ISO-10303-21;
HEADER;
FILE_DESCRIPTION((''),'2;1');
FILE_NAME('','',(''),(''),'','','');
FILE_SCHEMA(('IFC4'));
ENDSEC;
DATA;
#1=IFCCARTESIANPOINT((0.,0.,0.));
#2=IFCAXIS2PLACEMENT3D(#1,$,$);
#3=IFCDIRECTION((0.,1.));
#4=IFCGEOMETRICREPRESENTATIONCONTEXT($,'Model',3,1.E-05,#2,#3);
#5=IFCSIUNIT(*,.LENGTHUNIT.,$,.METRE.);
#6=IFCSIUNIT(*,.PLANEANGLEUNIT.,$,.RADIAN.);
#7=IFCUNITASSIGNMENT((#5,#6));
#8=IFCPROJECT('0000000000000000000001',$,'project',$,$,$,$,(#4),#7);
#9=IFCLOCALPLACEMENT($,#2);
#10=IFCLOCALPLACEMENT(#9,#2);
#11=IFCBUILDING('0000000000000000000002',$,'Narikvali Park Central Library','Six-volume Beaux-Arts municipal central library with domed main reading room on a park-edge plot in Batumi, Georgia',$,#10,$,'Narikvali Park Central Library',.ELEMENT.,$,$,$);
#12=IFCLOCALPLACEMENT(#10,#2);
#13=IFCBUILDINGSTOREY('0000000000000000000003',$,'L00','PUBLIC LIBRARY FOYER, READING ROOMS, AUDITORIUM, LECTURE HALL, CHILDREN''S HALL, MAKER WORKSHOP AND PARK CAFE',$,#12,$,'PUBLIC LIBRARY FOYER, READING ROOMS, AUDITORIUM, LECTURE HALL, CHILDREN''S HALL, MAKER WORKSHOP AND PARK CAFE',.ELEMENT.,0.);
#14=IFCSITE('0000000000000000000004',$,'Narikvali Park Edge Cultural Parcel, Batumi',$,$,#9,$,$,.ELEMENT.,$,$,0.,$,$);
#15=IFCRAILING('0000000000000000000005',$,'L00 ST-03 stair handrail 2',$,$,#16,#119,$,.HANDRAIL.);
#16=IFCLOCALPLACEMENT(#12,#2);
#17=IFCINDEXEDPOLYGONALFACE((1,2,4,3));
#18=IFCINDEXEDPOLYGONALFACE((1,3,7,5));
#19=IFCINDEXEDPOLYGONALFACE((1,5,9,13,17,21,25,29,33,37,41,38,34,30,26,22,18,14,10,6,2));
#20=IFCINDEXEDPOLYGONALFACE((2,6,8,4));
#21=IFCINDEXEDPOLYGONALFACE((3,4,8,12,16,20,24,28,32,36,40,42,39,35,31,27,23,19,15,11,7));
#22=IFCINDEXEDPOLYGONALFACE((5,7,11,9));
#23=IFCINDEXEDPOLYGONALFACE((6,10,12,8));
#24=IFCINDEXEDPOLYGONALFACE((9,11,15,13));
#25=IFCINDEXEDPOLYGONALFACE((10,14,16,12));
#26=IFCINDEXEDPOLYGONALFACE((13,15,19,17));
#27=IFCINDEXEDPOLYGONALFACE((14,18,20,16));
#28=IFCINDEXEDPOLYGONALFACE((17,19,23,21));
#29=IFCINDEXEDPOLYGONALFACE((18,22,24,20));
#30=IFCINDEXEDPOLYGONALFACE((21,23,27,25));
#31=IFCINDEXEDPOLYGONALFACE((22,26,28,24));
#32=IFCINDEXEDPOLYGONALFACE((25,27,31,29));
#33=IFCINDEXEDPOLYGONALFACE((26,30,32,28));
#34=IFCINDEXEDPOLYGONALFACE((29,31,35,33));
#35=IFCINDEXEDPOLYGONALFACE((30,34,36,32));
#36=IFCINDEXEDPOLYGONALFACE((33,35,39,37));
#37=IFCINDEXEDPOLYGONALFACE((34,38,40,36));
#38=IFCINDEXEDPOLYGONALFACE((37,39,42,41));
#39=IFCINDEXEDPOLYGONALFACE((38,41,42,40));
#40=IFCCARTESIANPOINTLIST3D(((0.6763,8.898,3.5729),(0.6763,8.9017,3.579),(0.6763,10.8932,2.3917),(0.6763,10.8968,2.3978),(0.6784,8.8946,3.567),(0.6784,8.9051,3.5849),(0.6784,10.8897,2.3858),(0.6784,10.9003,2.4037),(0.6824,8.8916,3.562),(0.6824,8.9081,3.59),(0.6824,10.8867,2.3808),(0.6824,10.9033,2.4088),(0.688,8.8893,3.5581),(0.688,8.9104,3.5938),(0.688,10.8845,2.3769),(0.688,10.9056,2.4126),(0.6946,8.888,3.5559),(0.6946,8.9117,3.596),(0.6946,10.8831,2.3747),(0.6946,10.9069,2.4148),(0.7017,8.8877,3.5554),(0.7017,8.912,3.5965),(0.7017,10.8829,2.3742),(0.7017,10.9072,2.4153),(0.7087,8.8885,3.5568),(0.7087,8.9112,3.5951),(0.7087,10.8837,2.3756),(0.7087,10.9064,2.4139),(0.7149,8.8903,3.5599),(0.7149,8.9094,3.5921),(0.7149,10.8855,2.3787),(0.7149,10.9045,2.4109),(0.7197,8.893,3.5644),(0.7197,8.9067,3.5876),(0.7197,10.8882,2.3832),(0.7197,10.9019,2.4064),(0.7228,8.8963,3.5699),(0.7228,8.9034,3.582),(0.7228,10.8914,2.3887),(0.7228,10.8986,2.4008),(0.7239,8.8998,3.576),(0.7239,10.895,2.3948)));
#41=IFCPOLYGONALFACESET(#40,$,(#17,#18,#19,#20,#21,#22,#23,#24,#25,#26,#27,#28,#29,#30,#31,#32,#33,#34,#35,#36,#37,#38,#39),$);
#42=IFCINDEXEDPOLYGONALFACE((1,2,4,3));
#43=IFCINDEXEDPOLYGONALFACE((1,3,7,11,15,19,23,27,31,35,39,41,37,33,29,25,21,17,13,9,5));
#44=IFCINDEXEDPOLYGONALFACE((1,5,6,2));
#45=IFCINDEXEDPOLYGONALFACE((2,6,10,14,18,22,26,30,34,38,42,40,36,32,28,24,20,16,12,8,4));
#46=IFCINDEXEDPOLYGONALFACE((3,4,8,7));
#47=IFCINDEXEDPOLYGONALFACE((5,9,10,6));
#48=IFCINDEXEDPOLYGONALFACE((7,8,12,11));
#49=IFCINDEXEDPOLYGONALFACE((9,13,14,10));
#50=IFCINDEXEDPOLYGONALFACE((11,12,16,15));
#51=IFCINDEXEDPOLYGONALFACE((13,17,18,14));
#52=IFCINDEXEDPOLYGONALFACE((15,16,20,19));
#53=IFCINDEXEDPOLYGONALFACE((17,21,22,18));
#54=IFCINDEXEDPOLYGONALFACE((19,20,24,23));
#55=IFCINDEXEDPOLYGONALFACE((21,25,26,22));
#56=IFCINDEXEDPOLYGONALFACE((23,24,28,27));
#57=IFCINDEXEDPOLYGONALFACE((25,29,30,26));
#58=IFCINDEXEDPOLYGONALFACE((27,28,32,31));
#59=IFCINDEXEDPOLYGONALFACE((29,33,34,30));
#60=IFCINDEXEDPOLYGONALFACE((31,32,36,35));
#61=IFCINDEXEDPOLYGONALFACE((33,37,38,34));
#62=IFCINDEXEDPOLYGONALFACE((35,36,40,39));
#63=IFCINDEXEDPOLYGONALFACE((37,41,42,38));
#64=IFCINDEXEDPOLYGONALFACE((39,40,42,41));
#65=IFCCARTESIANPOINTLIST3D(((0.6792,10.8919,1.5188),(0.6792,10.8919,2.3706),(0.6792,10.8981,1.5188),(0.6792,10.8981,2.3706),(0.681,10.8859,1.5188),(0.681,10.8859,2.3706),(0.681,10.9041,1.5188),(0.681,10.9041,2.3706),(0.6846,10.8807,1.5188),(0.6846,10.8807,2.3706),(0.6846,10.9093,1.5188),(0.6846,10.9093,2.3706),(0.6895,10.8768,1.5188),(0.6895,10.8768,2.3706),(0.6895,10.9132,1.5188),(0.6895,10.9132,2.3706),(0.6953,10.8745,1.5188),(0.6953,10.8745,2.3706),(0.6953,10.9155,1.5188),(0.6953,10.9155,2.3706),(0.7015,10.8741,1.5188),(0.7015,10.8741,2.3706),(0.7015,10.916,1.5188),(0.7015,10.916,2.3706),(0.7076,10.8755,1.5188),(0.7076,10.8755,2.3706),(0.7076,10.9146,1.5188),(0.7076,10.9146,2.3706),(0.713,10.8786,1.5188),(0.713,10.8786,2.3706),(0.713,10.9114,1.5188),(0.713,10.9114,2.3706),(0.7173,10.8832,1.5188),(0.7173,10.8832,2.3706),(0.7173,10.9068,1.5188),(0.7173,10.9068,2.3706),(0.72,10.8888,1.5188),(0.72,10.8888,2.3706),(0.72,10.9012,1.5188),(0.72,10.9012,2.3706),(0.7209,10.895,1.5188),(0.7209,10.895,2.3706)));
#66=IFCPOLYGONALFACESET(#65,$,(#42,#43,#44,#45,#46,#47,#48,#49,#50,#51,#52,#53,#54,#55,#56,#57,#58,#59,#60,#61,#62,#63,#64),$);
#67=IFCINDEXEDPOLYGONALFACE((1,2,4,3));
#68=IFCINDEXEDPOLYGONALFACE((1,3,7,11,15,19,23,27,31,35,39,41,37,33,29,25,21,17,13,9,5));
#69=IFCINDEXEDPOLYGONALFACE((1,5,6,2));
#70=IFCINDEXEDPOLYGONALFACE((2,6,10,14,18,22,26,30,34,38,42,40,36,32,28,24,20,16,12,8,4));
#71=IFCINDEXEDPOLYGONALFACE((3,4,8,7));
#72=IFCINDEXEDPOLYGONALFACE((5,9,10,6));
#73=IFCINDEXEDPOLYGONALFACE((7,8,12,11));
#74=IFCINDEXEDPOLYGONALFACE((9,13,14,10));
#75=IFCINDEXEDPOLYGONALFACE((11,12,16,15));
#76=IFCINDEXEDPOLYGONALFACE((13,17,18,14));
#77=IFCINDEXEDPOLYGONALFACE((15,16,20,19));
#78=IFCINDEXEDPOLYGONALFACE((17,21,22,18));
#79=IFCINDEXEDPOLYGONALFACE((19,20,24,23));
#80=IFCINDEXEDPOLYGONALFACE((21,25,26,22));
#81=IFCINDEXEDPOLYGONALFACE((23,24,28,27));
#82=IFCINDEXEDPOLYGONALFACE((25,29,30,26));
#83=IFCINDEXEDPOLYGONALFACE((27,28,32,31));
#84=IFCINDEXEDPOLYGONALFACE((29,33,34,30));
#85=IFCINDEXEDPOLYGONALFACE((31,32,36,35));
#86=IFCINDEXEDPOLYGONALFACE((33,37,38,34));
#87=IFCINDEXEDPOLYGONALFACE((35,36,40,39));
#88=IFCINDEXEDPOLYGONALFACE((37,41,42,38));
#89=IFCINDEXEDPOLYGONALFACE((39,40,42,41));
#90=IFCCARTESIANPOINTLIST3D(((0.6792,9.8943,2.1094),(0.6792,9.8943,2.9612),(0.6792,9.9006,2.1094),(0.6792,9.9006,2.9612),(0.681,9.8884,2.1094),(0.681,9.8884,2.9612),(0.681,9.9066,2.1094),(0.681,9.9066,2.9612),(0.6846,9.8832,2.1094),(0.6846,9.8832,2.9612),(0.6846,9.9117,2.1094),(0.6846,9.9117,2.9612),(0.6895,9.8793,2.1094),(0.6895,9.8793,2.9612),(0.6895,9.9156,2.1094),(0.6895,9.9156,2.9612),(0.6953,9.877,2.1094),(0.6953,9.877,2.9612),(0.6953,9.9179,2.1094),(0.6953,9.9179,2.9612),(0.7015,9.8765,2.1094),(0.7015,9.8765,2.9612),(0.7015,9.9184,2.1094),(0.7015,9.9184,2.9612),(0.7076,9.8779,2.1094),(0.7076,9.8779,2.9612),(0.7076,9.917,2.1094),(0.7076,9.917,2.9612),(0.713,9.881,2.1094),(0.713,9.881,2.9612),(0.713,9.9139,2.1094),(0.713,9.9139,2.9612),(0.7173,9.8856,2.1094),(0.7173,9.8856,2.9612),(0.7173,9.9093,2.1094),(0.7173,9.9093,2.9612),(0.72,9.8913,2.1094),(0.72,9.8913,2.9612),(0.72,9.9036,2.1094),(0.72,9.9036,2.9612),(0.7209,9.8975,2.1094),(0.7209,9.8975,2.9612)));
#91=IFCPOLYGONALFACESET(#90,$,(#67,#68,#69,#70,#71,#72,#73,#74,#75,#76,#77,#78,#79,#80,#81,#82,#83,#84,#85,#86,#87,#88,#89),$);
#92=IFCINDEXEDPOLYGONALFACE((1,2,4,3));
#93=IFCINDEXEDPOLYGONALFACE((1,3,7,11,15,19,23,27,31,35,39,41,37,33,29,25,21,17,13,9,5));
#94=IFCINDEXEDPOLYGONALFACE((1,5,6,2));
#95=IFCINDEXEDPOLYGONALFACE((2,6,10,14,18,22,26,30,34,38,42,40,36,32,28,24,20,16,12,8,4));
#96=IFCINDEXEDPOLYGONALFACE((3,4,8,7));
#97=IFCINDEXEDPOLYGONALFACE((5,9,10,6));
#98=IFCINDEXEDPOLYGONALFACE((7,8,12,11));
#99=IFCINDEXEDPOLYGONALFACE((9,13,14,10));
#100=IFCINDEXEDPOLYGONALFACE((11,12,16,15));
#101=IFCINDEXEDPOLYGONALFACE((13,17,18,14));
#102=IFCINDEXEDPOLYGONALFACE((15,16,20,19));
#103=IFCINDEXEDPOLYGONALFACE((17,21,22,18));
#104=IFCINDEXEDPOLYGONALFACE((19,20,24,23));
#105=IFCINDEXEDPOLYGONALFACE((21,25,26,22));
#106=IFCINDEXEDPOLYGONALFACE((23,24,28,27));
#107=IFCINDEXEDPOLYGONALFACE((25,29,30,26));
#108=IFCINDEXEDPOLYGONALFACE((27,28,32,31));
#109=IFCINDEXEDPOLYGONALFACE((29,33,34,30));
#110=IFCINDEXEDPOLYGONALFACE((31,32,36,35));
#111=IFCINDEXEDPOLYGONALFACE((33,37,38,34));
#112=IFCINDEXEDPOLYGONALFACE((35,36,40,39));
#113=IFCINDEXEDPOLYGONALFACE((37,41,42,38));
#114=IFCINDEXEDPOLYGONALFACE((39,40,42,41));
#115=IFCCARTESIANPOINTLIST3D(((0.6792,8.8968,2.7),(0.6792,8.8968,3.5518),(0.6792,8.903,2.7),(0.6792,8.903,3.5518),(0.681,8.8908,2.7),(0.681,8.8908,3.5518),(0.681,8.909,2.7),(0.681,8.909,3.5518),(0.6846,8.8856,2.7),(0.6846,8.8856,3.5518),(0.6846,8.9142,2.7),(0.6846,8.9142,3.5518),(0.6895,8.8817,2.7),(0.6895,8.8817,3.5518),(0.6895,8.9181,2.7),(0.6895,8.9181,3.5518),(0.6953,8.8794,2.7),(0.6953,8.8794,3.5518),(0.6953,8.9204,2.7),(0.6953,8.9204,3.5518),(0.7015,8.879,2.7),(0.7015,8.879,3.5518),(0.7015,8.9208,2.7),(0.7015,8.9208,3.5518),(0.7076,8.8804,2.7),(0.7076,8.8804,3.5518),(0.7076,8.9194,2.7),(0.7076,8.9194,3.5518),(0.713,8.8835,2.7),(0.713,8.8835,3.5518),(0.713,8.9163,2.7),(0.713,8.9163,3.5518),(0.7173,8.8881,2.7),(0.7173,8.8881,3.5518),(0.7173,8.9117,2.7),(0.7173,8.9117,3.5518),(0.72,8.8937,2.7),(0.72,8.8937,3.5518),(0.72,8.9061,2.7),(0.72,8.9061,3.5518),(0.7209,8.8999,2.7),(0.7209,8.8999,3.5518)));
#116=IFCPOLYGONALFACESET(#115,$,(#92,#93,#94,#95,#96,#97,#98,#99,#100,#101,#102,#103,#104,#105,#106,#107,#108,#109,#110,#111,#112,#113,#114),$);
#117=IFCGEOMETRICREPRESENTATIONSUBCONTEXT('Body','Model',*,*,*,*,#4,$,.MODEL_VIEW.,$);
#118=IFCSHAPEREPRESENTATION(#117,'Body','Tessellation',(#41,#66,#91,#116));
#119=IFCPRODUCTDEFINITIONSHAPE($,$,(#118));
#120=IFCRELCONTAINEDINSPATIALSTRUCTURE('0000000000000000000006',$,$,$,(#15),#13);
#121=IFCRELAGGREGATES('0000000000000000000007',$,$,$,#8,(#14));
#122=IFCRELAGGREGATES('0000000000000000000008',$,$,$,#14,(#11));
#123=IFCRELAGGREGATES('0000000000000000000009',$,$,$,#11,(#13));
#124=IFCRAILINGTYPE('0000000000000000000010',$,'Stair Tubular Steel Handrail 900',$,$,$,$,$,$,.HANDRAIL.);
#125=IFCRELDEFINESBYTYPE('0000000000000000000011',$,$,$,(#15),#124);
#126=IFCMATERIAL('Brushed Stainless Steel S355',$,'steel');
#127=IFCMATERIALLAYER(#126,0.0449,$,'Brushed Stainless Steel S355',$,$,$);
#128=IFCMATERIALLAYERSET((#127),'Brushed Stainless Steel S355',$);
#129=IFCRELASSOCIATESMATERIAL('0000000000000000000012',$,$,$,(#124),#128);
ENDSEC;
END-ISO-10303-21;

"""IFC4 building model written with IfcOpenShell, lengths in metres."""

from ifc_helpers import new_model, si_unit, direction, frame, origin, origin_2d, place, context, subcontext, project, spatial, circle, extrude, material, layer, layer_set, type_object, element, save


model = new_model("IFC4")

# Units and contexts
model_context = context("Model", 3, precision=1e-05, world=origin(), true_north=direction((0.0, 1.0)))
body_context = subcontext(model_context, "Body", "Model", "MODEL_VIEW")
ifc_project = project(units=[si_unit("LENGTHUNIT", "METRE"), si_unit("PLANEANGLEUNIT", "RADIAN")], contexts=[model_context])

# Site, building, storey
site_placement = place(None, origin())
site = spatial("IfcSite", under=ifc_project, at=site_placement, Name="Narikvali Park Edge Cultural Parcel, Batumi", CompositionType="ELEMENT", RefElevation=0.0)
building_placement = place(site_placement, origin())
building = spatial("IfcBuilding", under=site, at=building_placement, Name="Narikvali Park Central Library", Description="Six-volume Beaux-Arts municipal central library with domed main reading room on a park-edge plot in Batumi, Georgia", LongName="Narikvali Park Central Library", CompositionType="ELEMENT")
storey_placement = place(building_placement, origin())
storey = spatial("IfcBuildingStorey", under=building, at=storey_placement, Name="L00", Description="PUBLIC LIBRARY FOYER, READING ROOMS, AUDITORIUM, LECTURE HALL, CHILDREN'S HALL, MAKER WORKSHOP AND PARK CAFE", LongName="PUBLIC LIBRARY FOYER, READING ROOMS, AUDITORIUM, LECTURE HALL, CHILDREN'S HALL, MAKER WORKSHOP AND PARK CAFE", CompositionType="ELEMENT", Elevation=0.0)

# Railing
ifc_material_1 = material(Name="Brushed Stainless Steel S355", Category="steel")
ifc_layer_1 = layer(ifc_material_1, 0.0449, Name="Brushed Stainless Steel S355")
ifc_layer_set_1 = layer_set([ifc_layer_1], Name="Brushed Stainless Steel S355")
railing_type_1 = type_object("IfcRailingType", Name="Stair Tubular Steel Handrail 900", PredefinedType="HANDRAIL", material=ifc_layer_set_1)
for number, where, name in (
    (1, (0.7, 10.895, 1.5188), "L00 ST-03 stair handrail 2"),
):
    element("IfcRailing", number, at=place(storey_placement, frame(where)), inside=storey, type_object=railing_type_1, Name=name, PredefinedType="HANDRAIL", context=body_context, shape_type="SweptSolid", body=[
        extrude(circle(Radius=0.0239, at=origin_2d()), frame((0.0, 0.0, 0.876), z_axis=(0.0, -0.860507, 0.509439), x_axis=(1.0, 0.0, 0.0)), (0.0, 0.0, 1.0), 2.3186),
        extrude(circle(Radius=0.021, at=origin_2d()), origin(), (0.0, 0.0, 1.0), 0.8518),
        extrude(circle(Radius=0.021, at=origin_2d()), frame((0.0, -0.9976, 0.5906)), (0.0, 0.0, 1.0), 0.8518),
        extrude(circle(Radius=0.021, at=origin_2d()), frame((0.0, -1.9951, 1.1812)), (0.0, 0.0, 1.0), 0.8518),
    ])

save(model, "model.ifc")
